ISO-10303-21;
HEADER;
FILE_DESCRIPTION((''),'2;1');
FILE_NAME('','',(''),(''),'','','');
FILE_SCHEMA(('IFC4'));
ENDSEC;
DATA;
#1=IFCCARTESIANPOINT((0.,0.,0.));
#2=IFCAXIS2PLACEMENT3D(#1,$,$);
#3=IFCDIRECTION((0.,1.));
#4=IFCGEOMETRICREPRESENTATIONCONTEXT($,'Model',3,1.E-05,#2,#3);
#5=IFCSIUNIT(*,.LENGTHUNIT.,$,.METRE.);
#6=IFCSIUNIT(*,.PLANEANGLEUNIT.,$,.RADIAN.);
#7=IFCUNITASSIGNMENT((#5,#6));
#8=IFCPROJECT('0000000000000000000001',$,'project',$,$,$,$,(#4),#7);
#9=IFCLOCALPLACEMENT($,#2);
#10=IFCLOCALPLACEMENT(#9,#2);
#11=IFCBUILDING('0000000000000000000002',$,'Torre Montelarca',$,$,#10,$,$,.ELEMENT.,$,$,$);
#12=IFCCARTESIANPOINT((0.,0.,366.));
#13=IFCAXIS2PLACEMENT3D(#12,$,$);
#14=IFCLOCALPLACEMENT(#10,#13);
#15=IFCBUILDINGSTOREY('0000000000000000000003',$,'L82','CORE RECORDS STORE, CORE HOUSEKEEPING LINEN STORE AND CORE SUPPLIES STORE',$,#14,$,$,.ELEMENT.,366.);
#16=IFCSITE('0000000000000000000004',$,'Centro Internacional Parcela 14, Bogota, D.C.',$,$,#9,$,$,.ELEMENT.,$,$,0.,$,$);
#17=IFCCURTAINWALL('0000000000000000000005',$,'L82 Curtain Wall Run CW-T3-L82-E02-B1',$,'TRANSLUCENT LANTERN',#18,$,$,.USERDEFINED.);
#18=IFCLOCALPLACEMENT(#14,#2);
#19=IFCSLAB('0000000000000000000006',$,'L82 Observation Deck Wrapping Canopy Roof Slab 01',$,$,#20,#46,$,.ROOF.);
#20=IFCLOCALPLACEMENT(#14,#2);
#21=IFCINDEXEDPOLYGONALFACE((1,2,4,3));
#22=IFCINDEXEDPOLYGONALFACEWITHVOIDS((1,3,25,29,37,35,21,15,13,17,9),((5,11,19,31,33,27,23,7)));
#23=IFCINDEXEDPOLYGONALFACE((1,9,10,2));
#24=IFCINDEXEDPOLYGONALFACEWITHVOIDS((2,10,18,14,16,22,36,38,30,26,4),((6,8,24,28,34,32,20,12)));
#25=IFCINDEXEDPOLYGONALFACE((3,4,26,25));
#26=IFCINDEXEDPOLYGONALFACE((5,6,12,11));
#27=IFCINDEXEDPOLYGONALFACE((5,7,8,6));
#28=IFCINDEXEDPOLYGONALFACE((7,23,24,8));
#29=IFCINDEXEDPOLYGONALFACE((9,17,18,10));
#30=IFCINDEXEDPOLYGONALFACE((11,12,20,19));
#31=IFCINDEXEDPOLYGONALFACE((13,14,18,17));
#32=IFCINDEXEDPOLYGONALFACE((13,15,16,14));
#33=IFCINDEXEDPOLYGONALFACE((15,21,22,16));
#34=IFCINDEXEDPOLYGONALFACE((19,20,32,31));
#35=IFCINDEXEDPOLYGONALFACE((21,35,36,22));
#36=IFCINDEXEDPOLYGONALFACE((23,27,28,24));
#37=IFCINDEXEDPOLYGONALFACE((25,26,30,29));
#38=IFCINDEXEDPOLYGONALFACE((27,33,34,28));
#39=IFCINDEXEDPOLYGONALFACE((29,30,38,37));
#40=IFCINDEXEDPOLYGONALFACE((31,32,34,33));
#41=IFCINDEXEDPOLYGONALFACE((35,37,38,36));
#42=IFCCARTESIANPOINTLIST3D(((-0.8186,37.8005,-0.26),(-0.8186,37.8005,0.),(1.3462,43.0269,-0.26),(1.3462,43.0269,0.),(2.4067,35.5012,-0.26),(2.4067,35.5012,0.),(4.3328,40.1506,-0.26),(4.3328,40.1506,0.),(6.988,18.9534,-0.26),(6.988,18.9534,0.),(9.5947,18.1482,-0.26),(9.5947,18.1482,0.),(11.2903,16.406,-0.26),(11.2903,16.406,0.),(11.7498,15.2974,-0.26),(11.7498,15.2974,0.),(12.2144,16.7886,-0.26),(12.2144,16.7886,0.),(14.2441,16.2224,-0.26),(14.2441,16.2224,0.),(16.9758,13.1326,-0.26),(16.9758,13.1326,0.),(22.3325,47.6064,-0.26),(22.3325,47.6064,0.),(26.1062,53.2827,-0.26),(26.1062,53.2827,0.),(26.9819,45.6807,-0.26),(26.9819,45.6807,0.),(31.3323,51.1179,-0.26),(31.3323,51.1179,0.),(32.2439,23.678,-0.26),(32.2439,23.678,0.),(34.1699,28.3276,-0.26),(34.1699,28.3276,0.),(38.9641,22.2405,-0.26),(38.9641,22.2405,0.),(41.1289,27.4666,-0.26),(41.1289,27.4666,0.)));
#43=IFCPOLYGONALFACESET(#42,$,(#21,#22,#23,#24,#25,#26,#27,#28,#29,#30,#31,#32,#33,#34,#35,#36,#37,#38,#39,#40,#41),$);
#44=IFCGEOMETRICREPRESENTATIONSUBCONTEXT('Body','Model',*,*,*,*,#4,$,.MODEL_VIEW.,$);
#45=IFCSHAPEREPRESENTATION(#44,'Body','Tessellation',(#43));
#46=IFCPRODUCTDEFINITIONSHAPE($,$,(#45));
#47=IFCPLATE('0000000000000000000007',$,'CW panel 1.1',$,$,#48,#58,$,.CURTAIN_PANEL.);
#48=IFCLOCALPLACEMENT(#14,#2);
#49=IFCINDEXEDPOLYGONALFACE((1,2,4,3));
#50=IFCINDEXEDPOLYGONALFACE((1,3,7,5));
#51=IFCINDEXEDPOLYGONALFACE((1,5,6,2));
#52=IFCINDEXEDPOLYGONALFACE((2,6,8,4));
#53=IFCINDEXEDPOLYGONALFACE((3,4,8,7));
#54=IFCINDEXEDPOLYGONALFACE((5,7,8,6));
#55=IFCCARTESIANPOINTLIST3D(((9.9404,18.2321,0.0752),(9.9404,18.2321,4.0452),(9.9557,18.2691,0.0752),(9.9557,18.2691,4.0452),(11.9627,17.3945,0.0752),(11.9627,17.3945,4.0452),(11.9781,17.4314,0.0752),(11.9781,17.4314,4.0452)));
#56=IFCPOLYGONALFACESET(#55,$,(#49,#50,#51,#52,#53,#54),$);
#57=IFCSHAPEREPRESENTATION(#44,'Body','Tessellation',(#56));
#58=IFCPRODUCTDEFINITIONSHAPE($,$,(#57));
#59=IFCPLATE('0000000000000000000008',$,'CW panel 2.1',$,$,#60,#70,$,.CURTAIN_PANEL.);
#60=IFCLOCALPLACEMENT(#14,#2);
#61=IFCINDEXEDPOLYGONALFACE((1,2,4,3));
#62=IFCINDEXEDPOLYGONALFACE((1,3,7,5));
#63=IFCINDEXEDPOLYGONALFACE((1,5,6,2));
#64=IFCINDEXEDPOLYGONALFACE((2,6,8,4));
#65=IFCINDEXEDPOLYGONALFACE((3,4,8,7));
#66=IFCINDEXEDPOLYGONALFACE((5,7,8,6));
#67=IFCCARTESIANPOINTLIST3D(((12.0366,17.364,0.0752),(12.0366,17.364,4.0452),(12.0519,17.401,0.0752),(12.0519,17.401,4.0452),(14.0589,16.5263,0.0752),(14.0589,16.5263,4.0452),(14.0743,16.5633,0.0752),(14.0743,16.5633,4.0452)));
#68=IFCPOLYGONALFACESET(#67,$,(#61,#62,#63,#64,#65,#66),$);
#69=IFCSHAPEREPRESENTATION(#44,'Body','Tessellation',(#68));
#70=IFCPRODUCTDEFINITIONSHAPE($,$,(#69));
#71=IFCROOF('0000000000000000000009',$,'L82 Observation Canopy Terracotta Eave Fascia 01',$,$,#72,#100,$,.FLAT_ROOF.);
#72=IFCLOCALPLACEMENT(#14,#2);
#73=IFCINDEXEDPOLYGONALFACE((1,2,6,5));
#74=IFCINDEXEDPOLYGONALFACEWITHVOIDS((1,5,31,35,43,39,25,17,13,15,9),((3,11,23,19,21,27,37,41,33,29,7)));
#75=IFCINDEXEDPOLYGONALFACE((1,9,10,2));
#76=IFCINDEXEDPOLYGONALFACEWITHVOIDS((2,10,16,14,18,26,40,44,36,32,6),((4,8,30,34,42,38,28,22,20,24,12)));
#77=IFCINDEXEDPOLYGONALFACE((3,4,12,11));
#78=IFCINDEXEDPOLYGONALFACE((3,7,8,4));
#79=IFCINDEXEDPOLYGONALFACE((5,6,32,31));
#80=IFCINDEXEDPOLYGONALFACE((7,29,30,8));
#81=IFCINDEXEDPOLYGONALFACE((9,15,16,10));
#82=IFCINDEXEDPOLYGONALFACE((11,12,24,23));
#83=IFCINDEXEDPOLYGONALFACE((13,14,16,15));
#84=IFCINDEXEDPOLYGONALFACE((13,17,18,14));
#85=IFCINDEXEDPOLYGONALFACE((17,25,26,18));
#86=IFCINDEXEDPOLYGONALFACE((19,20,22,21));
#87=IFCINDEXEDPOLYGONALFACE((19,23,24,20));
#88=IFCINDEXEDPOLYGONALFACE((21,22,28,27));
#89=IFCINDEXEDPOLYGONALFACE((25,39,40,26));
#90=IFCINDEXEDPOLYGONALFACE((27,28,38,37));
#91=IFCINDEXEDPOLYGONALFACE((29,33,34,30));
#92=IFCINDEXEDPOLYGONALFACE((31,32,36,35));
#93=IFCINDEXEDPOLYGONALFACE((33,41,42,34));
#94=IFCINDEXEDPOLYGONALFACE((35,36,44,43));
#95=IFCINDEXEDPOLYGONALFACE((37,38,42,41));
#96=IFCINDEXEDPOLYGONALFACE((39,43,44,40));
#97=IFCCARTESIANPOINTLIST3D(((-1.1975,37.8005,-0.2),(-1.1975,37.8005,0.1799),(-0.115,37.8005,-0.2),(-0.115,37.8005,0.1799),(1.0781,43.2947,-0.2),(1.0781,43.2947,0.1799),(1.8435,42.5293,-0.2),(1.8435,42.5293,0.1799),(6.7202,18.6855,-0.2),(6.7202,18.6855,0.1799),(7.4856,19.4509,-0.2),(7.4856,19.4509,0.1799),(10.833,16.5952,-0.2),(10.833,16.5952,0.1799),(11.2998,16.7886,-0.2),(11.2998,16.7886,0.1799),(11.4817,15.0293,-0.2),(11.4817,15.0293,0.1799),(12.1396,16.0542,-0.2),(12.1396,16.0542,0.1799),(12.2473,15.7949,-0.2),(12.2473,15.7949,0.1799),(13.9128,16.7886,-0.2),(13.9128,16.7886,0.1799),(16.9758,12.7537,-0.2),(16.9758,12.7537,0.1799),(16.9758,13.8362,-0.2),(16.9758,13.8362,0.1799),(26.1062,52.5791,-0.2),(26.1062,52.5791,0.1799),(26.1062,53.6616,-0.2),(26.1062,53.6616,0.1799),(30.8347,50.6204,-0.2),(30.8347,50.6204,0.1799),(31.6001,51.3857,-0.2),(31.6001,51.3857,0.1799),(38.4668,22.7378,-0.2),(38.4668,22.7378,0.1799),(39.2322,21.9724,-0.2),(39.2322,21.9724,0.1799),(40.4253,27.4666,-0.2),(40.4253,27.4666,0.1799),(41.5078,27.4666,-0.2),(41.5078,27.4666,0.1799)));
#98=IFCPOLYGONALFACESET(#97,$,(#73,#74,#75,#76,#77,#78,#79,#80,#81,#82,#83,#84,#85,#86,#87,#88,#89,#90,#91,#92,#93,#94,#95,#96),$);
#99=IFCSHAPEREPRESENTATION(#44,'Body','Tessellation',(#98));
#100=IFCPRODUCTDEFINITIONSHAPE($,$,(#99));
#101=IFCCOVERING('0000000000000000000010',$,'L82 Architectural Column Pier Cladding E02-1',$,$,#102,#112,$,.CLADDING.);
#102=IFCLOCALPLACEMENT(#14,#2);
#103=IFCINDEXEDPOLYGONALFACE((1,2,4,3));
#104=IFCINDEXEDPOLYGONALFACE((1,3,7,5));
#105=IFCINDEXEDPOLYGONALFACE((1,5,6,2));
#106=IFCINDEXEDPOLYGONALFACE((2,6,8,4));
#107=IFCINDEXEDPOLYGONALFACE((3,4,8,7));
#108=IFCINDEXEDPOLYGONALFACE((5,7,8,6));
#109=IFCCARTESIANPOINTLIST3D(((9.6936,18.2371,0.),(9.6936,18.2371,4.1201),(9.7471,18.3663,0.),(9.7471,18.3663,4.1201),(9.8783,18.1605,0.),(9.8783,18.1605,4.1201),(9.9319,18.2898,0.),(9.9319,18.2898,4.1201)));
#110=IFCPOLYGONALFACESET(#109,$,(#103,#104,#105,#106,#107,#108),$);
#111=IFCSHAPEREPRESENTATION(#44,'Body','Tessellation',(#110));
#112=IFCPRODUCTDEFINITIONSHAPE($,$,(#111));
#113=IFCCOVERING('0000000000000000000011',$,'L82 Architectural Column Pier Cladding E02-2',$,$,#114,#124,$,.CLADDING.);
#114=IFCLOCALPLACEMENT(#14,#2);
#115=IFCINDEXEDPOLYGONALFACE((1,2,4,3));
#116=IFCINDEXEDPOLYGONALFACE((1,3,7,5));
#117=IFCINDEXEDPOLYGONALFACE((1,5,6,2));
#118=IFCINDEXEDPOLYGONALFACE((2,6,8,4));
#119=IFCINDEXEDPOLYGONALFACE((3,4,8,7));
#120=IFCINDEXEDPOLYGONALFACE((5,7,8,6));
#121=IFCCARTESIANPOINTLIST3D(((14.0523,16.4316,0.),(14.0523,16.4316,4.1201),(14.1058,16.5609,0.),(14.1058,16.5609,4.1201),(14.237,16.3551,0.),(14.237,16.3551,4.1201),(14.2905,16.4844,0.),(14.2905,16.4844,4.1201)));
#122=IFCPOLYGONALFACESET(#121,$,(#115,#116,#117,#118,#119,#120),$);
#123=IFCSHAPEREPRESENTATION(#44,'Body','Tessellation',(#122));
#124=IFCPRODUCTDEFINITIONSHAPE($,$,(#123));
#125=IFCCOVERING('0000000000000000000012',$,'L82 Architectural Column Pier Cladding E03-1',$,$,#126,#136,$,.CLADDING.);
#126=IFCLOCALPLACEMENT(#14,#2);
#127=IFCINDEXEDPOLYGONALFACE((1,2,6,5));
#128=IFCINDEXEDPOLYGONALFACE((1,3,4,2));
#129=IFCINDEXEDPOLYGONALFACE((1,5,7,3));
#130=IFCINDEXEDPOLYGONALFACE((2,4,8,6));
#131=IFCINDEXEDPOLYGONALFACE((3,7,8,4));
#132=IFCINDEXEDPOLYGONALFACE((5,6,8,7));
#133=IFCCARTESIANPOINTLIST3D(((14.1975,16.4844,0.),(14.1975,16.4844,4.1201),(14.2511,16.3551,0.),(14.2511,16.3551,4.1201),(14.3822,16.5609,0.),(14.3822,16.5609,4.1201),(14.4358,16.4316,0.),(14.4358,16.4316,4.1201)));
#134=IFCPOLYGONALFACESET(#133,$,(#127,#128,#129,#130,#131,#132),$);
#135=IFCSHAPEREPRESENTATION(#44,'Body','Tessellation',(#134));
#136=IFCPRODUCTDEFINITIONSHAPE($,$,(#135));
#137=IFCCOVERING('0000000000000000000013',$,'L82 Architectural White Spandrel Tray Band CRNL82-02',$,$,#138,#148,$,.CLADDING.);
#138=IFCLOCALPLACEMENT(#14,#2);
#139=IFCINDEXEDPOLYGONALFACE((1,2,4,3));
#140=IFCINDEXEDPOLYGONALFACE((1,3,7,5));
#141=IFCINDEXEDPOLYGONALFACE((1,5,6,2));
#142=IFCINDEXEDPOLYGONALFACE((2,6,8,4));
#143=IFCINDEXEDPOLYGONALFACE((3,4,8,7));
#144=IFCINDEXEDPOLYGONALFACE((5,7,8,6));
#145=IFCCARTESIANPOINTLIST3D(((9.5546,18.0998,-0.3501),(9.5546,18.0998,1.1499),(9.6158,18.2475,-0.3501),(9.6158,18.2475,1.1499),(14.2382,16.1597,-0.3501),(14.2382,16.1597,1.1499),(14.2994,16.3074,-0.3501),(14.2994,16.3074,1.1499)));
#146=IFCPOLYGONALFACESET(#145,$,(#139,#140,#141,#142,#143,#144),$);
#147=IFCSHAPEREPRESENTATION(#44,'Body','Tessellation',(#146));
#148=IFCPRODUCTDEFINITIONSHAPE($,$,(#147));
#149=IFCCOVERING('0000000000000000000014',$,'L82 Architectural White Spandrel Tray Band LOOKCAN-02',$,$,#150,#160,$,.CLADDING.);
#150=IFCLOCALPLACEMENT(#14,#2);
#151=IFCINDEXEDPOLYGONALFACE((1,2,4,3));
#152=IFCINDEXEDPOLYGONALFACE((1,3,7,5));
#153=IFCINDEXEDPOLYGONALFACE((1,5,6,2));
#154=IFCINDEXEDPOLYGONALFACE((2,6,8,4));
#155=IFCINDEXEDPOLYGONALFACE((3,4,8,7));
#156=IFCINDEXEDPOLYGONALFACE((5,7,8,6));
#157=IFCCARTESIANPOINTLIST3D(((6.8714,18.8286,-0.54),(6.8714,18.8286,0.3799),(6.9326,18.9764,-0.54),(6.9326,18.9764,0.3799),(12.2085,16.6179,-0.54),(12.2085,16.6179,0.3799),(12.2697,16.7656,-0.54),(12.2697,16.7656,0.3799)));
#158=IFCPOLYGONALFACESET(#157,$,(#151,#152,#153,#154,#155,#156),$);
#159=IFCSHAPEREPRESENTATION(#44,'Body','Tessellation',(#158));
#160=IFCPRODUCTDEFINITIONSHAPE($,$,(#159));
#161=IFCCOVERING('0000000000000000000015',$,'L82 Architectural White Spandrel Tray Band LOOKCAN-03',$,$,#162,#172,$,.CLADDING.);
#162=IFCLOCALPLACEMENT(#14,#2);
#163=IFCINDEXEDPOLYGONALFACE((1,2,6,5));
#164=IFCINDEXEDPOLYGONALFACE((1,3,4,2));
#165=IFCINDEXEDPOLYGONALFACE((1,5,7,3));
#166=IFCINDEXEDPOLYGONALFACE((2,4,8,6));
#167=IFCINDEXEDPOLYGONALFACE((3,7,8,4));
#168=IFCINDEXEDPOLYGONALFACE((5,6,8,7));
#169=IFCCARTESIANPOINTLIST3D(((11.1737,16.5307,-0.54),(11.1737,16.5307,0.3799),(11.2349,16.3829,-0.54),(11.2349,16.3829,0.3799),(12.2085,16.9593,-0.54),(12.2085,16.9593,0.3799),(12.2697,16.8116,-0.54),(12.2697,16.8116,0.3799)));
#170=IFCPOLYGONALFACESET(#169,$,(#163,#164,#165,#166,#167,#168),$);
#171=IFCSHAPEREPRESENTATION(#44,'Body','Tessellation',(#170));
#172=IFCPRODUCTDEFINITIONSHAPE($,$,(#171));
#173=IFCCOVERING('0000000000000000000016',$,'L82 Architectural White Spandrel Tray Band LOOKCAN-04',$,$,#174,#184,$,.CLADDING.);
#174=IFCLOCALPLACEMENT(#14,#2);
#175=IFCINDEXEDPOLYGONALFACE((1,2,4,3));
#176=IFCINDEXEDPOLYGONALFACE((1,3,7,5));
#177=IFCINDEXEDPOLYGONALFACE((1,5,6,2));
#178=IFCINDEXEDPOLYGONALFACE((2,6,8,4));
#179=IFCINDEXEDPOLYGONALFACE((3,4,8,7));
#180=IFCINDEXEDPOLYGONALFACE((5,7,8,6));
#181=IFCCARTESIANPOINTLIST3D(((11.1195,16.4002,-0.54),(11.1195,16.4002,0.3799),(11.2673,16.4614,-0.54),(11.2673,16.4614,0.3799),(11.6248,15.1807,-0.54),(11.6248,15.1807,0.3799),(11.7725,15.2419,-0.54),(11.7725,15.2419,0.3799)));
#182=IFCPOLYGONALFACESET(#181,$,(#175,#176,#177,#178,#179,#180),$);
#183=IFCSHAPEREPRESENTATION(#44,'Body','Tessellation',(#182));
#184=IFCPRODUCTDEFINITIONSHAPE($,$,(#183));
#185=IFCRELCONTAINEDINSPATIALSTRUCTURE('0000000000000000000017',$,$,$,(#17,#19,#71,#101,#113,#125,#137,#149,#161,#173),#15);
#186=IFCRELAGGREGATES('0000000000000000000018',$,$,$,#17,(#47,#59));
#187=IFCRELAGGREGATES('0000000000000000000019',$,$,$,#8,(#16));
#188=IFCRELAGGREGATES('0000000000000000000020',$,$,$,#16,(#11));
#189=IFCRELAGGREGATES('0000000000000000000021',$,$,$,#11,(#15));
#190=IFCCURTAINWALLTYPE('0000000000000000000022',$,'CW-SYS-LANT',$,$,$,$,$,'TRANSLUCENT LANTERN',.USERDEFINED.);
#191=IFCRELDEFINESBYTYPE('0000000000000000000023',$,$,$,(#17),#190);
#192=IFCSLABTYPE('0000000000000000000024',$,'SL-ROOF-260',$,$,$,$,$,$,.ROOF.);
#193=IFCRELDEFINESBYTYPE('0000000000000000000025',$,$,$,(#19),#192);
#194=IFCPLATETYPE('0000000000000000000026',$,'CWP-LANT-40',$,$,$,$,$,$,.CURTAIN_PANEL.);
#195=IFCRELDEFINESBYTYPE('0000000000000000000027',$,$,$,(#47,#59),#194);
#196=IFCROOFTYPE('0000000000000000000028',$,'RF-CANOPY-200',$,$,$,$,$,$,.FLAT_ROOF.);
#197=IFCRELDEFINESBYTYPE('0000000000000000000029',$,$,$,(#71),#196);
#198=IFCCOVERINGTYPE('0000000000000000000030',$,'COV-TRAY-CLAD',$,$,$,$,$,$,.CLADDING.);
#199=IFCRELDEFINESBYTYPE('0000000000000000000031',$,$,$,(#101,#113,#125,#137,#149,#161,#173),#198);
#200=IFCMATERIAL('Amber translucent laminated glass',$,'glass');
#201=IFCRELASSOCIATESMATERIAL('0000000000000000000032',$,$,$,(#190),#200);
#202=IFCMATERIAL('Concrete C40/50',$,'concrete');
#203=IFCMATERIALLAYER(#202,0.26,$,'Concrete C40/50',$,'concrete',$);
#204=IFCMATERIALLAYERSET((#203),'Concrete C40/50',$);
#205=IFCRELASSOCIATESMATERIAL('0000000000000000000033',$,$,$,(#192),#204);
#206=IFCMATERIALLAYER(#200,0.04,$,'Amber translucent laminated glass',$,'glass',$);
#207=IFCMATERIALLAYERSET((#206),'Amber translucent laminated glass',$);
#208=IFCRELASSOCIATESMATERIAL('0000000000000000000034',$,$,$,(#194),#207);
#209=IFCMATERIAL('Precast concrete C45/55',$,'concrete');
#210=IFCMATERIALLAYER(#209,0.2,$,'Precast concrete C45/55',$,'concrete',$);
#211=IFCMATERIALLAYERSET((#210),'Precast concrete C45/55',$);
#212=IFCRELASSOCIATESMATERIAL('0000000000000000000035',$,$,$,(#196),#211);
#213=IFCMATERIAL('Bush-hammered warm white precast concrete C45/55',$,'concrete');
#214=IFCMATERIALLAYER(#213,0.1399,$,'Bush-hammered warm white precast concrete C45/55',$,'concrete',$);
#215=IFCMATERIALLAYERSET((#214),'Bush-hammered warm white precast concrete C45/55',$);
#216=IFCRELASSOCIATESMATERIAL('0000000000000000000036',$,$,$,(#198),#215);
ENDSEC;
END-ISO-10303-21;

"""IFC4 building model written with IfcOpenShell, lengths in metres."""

from ifc_helpers import new_model, si_unit, direction, frame, origin, origin_2d, place, context, subcontext, project, spatial, polyline, rectangle, outline, extrude, source, transform, mapped, material, layer, layer_set, type_object, element, aggregate, save


model = new_model("IFC4")

# Units and contexts
model_context = context("Model", 3, precision=1e-05, world=origin(), true_north=direction((0.0, 1.0)))
body_context = subcontext(model_context, "Body", "Model", "MODEL_VIEW")
ifc_project = project(units=[si_unit("LENGTHUNIT", "METRE"), si_unit("PLANEANGLEUNIT", "RADIAN")], contexts=[model_context])

# Site, building, storey
site_placement = place(None, origin())
site = spatial("IfcSite", under=ifc_project, at=site_placement, Name="Centro Internacional Parcela 14, Bogota, D.C.", CompositionType="ELEMENT", RefElevation=0.0)
building_placement = place(site_placement, origin())
building = spatial("IfcBuilding", under=site, at=building_placement, Name="Torre Montelarca", CompositionType="ELEMENT")
storey_placement = place(building_placement, frame((0.0, 0.0, 366.0)))
storey = spatial("IfcBuildingStorey", under=building, at=storey_placement, Name="L82", Description="CORE RECORDS STORE, CORE HOUSEKEEPING LINEN STORE AND CORE SUPPLIES STORE", CompositionType="ELEMENT", Elevation=366.0)

# Curtain wall
ifc_material_1 = material(Name="Amber translucent laminated glass", Category="glass")
curtain_wall_type = type_object("IfcCurtainWallType", Name="CW-SYS-LANT", ElementType="TRANSLUCENT LANTERN", PredefinedType="USERDEFINED", material=ifc_material_1)
curtain_wall_placement = place(storey_placement, origin())
curtain_wall = element("IfcCurtainWall", 1, at=curtain_wall_placement, inside=storey, type_object=curtain_wall_type, Name="L82 Curtain Wall Run CW-T3-L82-E02-B1", ObjectType="TRANSLUCENT LANTERN", PredefinedType="USERDEFINED")

# Slab
ifc_material_2 = material(Name="Concrete C40/50", Category="concrete")
ifc_layer_1 = layer(ifc_material_2, 0.26, Name="Concrete C40/50", Category="concrete")
ifc_layer_set_1 = layer_set([ifc_layer_1], Name="Concrete C40/50")
slab_type_1 = type_object("IfcSlabType", Name="SL-ROOF-260", PredefinedType="ROOF", material=ifc_layer_set_1)
slab_1_placement = place(storey_placement, frame((0.0, 0.0, -0.26)))
element("IfcSlab", 2, at=slab_1_placement, inside=storey, type_object=slab_type_1, Name="L82 Observation Deck Wrapping Canopy Roof Slab 01", PredefinedType="ROOF", context=body_context, shape_type="SweptSolid", body=[
    extrude(outline(polyline([(-0.8186, 37.8005), (6.988, 18.9534), (12.2144, 16.7886), (11.2903, 16.406), (11.7498, 15.2974), (16.9758, 13.1326), (38.9641, 22.2405), (41.1289, 27.4666), (31.3323, 51.1179), (26.1062, 53.2827), (1.3462, 43.0269), (-0.8186, 37.8005)]), holes=[polyline([(2.4067, 35.5012), (9.5947, 18.1482), (14.2441, 16.2224), (32.2439, 23.678), (34.1699, 28.3276), (26.9819, 45.6807), (22.3325, 47.6064), (4.3328, 40.1506), (2.4067, 35.5012)])]), origin(), (0.0, 0.0, 1.0), 0.26),
])

# Plates
ifc_layer_2 = layer(ifc_material_1, 0.04, Name="Amber translucent laminated glass", Category="glass")
ifc_layer_set_2 = layer_set([ifc_layer_2], Name="Amber translucent laminated glass")
plate_type = type_object("IfcPlateType", Name="CWP-LANT-40", PredefinedType="CURTAIN_PANEL", material=ifc_layer_set_2)
shared_shape_1 = source(origin(), body_context, "Body", "SweptSolid", [
    extrude(rectangle(XDim=2.189, YDim=0.04, at=origin_2d()), origin(), (0.0, 0.0, 1.0), 3.97),
])
plate_1_placement = place(storey_placement, frame((10.9592, 17.8318, 0.0752), z_axis=(0.0, 0.0, 1.0), x_axis=(0.92388, -0.382683, 0.0)))
plate_1 = element("IfcPlate", 3, at=plate_1_placement, type_object=plate_type, Name="CW panel 1.1", PredefinedType="CURTAIN_PANEL", context=body_context, shape_type="MappedRepresentation", body=[
    mapped(shared_shape_1, transform((0.0, 0.0, 0.0), scale=1.0)),
])
plate_2_placement = place(storey_placement, frame((13.0554, 16.9636, 0.0752), z_axis=(0.0, 0.0, 1.0), x_axis=(0.92388, -0.382683, 0.0)))
plate_2 = element("IfcPlate", 4, at=plate_2_placement, type_object=plate_type, Name="CW panel 2.1", PredefinedType="CURTAIN_PANEL", context=body_context, shape_type="MappedRepresentation", body=[
    mapped(shared_shape_1, transform((0.0, 0.0, 0.0), scale=1.0)),
])
aggregate(curtain_wall, [plate_1, plate_2])

# Roof
ifc_material_3 = material(Name="Precast concrete C45/55", Category="concrete")
ifc_layer_3 = layer(ifc_material_3, 0.2, Name="Precast concrete C45/55", Category="concrete")
ifc_layer_set_3 = layer_set([ifc_layer_3], Name="Precast concrete C45/55")
roof_type = type_object("IfcRoofType", Name="RF-CANOPY-200", PredefinedType="FLAT_ROOF", material=ifc_layer_set_3)
roof_placement = place(storey_placement, frame((0.0, 0.0, -0.2)))
element("IfcRoof", 5, at=roof_placement, inside=storey, type_object=roof_type, Name="L82 Observation Canopy Terracotta Eave Fascia 01", PredefinedType="FLAT_ROOF", context=body_context, shape_type="SweptSolid", body=[
    extrude(outline(polyline([(-1.1975, 37.8005), (6.7202, 18.6855), (11.2998, 16.7886), (10.833, 16.5952), (11.4817, 15.0293), (16.9758, 12.7537), (39.2322, 21.9724), (41.5078, 27.4666), (31.6001, 51.3857), (26.1062, 53.6616), (1.0781, 43.2947), (-1.1975, 37.8005)]), holes=[polyline([(7.4856, 19.4509), (13.9128, 16.7886), (12.1396, 16.0542), (12.2473, 15.7949), (16.9758, 13.8362), (38.4668, 22.7378), (40.4253, 27.4666), (30.8347, 50.6204), (26.1062, 52.5791), (1.8435, 42.5293), (-0.115, 37.8005), (7.4856, 19.4509)])]), origin(), (0.0, 0.0, 1.0), 0.3799),
])

# Coverings
ifc_material_4 = material(Name="Bush-hammered warm white precast concrete C45/55", Category="concrete")
ifc_layer_4 = layer(ifc_material_4, 0.1399, Name="Bush-hammered warm white precast concrete C45/55", Category="concrete")
ifc_layer_set_4 = layer_set([ifc_layer_4], Name="Bush-hammered warm white precast concrete C45/55")
covering_type = type_object("IfcCoveringType", Name="COV-TRAY-CLAD", PredefinedType="CLADDING", material=ifc_layer_set_4)
shared_shape_2 = source(origin(), body_context, "Body", "SweptSolid", [
    extrude(rectangle(XDim=0.2, YDim=0.1399, at=origin_2d()), origin(), (0.0, 0.0, 1.0), 4.1201),
])
for number, where, z_axis, x_axis, name in (
    (6, (9.8127, 18.2634, 0.0), (0.0, 0.0, 1.0), (0.923876, -0.382693, 0.0), "L82 Architectural Column Pier Cladding E02-1"),
    (7, (14.1714, 16.458, 0.0), (0.0, 0.0, 1.0), (0.923876, -0.382693, 0.0), "L82 Architectural Column Pier Cladding E02-2"),
    (8, (14.3167, 16.458, 0.0), (0.0, 0.0, 1.0), (0.923879, 0.382685, 0.0), "L82 Architectural Column Pier Cladding E03-1"),
):
    element("IfcCovering", number, at=place(storey_placement, frame(where, z_axis=z_axis, x_axis=x_axis)), inside=storey, type_object=covering_type, Name=name, PredefinedType="CLADDING", context=body_context, shape_type="MappedRepresentation", body=[
        mapped(shared_shape_2, transform((0.0, 0.0, 0.0), scale=1.0)),
    ])
shared_shape_3 = source(origin(), body_context, "Body", "SweptSolid", [
    extrude(rectangle(XDim=5.0696, YDim=0.1599, at=origin_2d()), origin(), (0.0, 0.0, 1.0), 1.5),
])
covering_1_placement = place(storey_placement, frame((11.927, 17.2036, -0.3501), z_axis=(0.0, 0.0, 1.0), x_axis=(0.923876, -0.382691, 0.0)))
element("IfcCovering", 9, at=covering_1_placement, inside=storey, type_object=covering_type, Name="L82 Architectural White Spandrel Tray Band CRNL82-02", PredefinedType="CLADDING", context=body_context, shape_type="MappedRepresentation", body=[
    mapped(shared_shape_3, transform((0.0, 0.0, 0.0), scale=1.0)),
])
shared_shape_4 = source(origin(), body_context, "Body", "SweptSolid", [
    extrude(rectangle(XDim=5.7769, YDim=0.1599, at=origin_2d()), origin(), (0.0, 0.0, 1.0), 0.9199),
])
covering_2_placement = place(storey_placement, frame((9.5706, 17.7971, -0.54), z_axis=(0.0, 0.0, 1.0), x_axis=(0.923878, -0.382688, 0.0)))
element("IfcCovering", 10, at=covering_2_placement, inside=storey, type_object=covering_type, Name="L82 Architectural White Spandrel Tray Band LOOKCAN-02", PredefinedType="CLADDING", context=body_context, shape_type="MappedRepresentation", body=[
    mapped(shared_shape_4, transform((0.0, 0.0, 0.0), scale=1.0)),
])
shared_shape_5 = source(origin(), body_context, "Body", "SweptSolid", [
    extrude(rectangle(XDim=1.1201, YDim=0.1599, at=origin_2d()), origin(), (0.0, 0.0, 1.0), 0.9199),
])
covering_3_placement = place(storey_placement, frame((11.7217, 16.6711, -0.54), z_axis=(0.0, 0.0, 1.0), x_axis=(-0.923877, -0.38269, 0.0)))
element("IfcCovering", 11, at=covering_3_placement, inside=storey, type_object=covering_type, Name="L82 Architectural White Spandrel Tray Band LOOKCAN-03", PredefinedType="CLADDING", context=body_context, shape_type="MappedRepresentation", body=[
    mapped(shared_shape_5, transform((0.0, 0.0, 0.0), scale=1.0)),
])
shared_shape_6 = source(origin(), body_context, "Body", "SweptSolid", [
    extrude(rectangle(XDim=1.3201, YDim=0.1599, at=origin_2d()), origin(), (0.0, 0.0, 1.0), 0.9199),
])
covering_4_placement = place(storey_placement, frame((11.446, 15.821, -0.54), z_axis=(0.0, 0.0, 1.0), x_axis=(0.382756, -0.923849, 0.0)))
element("IfcCovering", 12, at=covering_4_placement, inside=storey, type_object=covering_type, Name="L82 Architectural White Spandrel Tray Band LOOKCAN-04", PredefinedType="CLADDING", context=body_context, shape_type="MappedRepresentation", body=[
    mapped(shared_shape_6, transform((0.0, 0.0, 0.0), scale=1.0)),
])

save(model, "model.ifc")
